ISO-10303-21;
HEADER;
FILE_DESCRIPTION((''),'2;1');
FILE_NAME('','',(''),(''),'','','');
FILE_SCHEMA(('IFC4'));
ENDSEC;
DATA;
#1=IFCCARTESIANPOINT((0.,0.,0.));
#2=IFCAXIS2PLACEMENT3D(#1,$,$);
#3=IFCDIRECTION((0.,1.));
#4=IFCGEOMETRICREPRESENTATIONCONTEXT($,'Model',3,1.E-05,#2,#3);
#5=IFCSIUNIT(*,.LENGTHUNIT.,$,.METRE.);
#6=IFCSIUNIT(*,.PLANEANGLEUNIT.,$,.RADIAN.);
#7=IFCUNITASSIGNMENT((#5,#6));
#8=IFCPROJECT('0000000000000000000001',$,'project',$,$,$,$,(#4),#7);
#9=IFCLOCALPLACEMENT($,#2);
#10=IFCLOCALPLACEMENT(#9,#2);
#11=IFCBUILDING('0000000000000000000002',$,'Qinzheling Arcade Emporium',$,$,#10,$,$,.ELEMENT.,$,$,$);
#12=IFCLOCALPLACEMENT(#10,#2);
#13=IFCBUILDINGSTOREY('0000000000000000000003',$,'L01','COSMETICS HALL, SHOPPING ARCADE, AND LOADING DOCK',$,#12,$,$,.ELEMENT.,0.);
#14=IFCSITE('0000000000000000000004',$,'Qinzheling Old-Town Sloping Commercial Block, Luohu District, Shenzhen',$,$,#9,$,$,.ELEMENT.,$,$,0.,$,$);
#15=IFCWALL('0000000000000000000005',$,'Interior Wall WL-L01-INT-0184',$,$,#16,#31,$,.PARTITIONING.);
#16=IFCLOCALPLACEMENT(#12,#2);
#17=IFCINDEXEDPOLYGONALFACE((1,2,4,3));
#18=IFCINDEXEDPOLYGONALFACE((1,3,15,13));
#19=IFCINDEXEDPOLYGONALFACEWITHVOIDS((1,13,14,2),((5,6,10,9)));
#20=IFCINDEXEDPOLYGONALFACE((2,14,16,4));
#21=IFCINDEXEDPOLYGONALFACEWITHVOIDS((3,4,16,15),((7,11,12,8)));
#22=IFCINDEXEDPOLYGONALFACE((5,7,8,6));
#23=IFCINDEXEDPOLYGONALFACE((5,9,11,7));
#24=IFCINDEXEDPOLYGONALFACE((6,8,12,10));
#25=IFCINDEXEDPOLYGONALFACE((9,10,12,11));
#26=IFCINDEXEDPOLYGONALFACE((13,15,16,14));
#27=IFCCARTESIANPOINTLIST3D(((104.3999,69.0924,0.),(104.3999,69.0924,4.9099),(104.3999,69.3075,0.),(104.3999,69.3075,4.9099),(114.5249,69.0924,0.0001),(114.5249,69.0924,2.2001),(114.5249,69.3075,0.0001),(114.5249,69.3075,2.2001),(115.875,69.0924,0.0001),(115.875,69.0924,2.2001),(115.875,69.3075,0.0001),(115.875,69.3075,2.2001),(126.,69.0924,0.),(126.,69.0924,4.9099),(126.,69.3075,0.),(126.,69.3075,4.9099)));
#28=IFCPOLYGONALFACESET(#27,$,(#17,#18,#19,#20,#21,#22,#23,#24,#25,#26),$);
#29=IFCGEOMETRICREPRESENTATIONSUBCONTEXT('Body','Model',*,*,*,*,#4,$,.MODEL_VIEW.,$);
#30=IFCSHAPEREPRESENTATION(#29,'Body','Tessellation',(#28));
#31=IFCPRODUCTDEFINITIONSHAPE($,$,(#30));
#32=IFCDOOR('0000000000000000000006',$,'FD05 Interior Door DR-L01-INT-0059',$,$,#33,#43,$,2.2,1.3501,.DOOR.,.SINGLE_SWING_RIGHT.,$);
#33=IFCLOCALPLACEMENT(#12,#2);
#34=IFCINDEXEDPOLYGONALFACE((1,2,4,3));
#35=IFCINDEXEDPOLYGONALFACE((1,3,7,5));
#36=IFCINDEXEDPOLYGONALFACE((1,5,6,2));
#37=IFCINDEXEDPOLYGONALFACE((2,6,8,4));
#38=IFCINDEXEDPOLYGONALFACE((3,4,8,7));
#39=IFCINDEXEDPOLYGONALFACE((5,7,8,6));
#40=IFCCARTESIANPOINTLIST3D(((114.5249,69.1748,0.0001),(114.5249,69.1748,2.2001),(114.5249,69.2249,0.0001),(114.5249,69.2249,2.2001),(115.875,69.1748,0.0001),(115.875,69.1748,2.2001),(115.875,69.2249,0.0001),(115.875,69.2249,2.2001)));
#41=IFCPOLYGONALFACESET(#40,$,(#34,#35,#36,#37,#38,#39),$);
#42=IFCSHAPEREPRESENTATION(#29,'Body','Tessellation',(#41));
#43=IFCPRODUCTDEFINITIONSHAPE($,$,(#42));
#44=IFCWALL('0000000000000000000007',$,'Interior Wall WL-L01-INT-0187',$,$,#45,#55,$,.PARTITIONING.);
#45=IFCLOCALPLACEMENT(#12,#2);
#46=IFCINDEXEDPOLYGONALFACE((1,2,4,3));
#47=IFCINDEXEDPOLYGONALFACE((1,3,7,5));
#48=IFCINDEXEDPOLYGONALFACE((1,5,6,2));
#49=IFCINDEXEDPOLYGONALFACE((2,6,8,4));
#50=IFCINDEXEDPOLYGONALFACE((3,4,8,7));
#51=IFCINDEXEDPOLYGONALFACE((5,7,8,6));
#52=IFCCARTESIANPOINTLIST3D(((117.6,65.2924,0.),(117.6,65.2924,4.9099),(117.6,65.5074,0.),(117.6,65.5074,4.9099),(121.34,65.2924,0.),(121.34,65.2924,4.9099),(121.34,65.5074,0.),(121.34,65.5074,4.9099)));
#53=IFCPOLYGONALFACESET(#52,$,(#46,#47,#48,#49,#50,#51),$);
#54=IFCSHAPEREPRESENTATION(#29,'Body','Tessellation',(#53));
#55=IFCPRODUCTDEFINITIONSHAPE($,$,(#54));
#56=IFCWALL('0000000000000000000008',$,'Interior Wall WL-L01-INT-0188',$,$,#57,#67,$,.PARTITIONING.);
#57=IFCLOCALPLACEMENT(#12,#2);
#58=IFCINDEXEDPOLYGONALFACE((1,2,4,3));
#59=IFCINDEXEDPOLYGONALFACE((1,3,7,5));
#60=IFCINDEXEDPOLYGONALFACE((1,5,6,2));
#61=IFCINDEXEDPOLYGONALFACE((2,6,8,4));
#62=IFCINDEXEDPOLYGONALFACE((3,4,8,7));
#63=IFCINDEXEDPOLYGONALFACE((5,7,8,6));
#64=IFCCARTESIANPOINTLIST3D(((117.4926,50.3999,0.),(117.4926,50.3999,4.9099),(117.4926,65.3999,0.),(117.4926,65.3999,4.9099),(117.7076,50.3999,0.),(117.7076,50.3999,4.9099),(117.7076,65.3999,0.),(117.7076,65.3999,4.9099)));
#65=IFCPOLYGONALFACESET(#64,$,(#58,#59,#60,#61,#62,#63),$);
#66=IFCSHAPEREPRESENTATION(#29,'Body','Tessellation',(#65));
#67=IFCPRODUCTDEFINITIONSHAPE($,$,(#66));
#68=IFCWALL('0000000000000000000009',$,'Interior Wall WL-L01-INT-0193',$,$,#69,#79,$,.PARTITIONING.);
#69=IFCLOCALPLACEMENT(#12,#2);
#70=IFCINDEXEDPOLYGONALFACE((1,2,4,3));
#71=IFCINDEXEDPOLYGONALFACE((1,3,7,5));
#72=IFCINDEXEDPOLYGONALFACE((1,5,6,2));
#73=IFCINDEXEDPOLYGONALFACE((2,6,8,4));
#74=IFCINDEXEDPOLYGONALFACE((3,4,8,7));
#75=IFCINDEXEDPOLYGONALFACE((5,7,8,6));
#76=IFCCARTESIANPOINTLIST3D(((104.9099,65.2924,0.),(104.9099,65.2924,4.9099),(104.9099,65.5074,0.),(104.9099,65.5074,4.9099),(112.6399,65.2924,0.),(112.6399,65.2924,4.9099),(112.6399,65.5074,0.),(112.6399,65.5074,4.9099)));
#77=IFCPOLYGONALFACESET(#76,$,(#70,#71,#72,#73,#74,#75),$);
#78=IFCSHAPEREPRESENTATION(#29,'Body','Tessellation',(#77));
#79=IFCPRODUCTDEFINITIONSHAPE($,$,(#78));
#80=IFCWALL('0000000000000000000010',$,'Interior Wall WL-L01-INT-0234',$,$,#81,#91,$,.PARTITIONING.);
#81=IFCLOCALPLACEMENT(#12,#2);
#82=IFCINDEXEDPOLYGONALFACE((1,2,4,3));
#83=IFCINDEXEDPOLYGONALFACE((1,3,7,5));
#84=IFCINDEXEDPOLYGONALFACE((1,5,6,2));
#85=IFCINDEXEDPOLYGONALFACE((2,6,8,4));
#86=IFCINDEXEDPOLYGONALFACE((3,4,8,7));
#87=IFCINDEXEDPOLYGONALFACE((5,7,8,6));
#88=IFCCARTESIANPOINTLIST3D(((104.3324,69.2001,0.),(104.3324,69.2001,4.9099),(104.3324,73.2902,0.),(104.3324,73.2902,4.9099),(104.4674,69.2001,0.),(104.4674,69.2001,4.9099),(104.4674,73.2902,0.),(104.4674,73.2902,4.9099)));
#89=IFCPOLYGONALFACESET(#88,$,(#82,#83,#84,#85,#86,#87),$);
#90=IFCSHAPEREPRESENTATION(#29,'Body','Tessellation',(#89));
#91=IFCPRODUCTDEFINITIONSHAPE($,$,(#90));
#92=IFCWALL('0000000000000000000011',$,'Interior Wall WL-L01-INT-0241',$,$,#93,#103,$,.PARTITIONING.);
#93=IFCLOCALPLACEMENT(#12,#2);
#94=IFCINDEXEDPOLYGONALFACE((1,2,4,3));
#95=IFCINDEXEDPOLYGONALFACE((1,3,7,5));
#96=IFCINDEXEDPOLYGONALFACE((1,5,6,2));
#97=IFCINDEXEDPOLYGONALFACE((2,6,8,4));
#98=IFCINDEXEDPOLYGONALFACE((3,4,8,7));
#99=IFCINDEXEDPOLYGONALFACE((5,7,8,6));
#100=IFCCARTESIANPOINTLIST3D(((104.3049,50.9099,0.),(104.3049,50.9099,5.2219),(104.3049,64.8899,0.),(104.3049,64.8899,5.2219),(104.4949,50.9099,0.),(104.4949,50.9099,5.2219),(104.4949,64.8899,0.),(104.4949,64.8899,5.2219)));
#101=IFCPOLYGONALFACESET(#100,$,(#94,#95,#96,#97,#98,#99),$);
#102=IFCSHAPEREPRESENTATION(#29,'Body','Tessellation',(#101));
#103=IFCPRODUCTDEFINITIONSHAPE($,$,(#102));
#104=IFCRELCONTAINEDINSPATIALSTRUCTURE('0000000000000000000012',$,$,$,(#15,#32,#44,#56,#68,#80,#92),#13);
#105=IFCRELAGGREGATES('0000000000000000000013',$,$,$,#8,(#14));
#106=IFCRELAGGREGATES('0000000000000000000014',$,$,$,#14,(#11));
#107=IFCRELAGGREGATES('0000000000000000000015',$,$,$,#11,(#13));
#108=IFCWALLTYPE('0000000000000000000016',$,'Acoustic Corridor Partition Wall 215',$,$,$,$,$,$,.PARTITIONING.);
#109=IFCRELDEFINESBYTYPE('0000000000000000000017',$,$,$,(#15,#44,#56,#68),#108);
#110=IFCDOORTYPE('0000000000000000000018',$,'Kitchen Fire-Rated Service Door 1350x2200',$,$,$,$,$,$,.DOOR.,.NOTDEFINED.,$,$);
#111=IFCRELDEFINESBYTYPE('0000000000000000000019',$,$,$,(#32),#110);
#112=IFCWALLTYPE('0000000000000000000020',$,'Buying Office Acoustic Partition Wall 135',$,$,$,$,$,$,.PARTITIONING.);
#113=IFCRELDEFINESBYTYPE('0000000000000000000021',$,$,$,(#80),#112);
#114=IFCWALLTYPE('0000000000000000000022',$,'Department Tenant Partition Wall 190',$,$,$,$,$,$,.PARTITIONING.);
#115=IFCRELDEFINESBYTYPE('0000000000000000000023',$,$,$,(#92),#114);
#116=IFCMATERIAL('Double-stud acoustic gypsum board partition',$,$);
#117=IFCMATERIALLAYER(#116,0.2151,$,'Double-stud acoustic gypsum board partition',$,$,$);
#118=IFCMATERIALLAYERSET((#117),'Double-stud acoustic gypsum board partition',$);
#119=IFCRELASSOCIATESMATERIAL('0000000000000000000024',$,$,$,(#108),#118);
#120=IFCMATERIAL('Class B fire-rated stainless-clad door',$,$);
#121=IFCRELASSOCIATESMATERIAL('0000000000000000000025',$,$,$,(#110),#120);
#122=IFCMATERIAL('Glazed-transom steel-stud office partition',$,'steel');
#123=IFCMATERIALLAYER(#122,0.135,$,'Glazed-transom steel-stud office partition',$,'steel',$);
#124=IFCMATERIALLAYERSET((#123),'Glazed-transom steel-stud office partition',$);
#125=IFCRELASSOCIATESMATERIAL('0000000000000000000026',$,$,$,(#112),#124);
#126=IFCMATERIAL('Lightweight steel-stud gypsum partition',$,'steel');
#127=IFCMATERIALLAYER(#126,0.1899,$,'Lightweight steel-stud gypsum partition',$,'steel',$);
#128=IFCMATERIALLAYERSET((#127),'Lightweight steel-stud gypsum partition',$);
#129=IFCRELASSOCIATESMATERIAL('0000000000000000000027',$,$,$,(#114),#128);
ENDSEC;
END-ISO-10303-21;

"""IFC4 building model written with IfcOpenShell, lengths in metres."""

from ifc_helpers import new_model, si_unit, direction, frame, frame_2d, origin, place, context, subcontext, project, spatial, rectangle, extrude, material, layer, layer_set, type_object, element, fill, save


model = new_model("IFC4")

# Units and contexts
model_context = context("Model", 3, precision=1e-05, world=origin(), true_north=direction((0.0, 1.0)))
body_context = subcontext(model_context, "Body", "Model", "MODEL_VIEW")
ifc_project = project(units=[si_unit("LENGTHUNIT", "METRE"), si_unit("PLANEANGLEUNIT", "RADIAN")], contexts=[model_context])

# Site, building, storey
site_placement = place(None, origin())
site = spatial("IfcSite", under=ifc_project, at=site_placement, Name="Qinzheling Old-Town Sloping Commercial Block, Luohu District, Shenzhen", CompositionType="ELEMENT", RefElevation=0.0)
building_placement = place(site_placement, origin())
building = spatial("IfcBuilding", under=site, at=building_placement, Name="Qinzheling Arcade Emporium", CompositionType="ELEMENT")
storey_placement = place(building_placement, origin())
storey = spatial("IfcBuildingStorey", under=building, at=storey_placement, Name="L01", Description="COSMETICS HALL, SHOPPING ARCADE, AND LOADING DOCK", CompositionType="ELEMENT", Elevation=0.0)

# Shared definitions
ifc_material_1 = material(Name="Double-stud acoustic gypsum board partition")
ifc_layer_1 = layer(ifc_material_1, 0.2151, Name="Double-stud acoustic gypsum board partition")
ifc_layer_set_1 = layer_set([ifc_layer_1], Name="Double-stud acoustic gypsum board partition")
wall_type_1 = type_object("IfcWallType", Name="Acoustic Corridor Partition Wall 215", PredefinedType="PARTITIONING", material=ifc_layer_set_1)

# Wall, opening, door
ifc_material_2 = material(Name="Class B fire-rated stainless-clad door")
door_type = type_object("IfcDoorType", Name="Kitchen Fire-Rated Service Door 1350x2200", OperationType="NOTDEFINED", PredefinedType="DOOR", material=ifc_material_2)
wall_1_placement = place(storey_placement, frame((104.3999, 69.2, 0.0), z_axis=(0.0, 0.0, 1.0), x_axis=(1.0, 0.0, 0.0)))
wall_1 = element("IfcWall", 1, at=wall_1_placement, inside=storey, type_object=wall_type_1, Name="Interior Wall WL-L01-INT-0184", PredefinedType="PARTITIONING", context=body_context, shape_type="SweptSolid", body=[
    extrude(rectangle(XDim=21.6001, YDim=0.2151, at=frame_2d((10.8, 0.0))), origin(), (0.0, 0.0, 1.0), 4.9099),
])
opening_1_placement = place(wall_1_placement, frame((10.125, 0.0, 0.0)))
opening_1 = element("IfcOpeningElement", 2, at=opening_1_placement, cuts=wall_1, PredefinedType="OPENING", context=body_context, shape_type="SweptSolid", body=[
    extrude(rectangle(XDim=1.3501, YDim=2.2, at=frame_2d((0.675, 1.1001))), frame((0.0, 0.1177, 0.0), z_axis=(0.0, -1.0, 0.0), x_axis=(1.0, 0.0, 0.0)), (0.0, 0.0, 1.0), 0.2351),
])
door_1_placement = place(opening_1_placement, origin())
door_1 = element("IfcDoor", 3, at=door_1_placement, inside=storey, type_object=door_type, Name="FD05 Interior Door DR-L01-INT-0059", OperationType="SINGLE_SWING_RIGHT", OverallHeight=2.2, OverallWidth=1.3501, PredefinedType="DOOR", context=body_context, shape_type="SweptSolid", body=[
    extrude(rectangle(XDim=1.3501, YDim=2.2, at=frame_2d((0.675, 1.1001))), frame((0.0, 0.0249, 0.0), z_axis=(0.0, -1.0, 0.0), x_axis=(1.0, 0.0, 0.0)), (0.0, 0.0, 1.0), 0.05),
])
fill(opening_1, door_1)

# Walls
wall_2_placement = place(storey_placement, frame((121.3401, 65.3999, 0.0), z_axis=(0.0, 0.0, 1.0), x_axis=(-1.0, 0.0, 0.0)))
element("IfcWall", 4, at=wall_2_placement, inside=storey, type_object=wall_type_1, Name="Interior Wall WL-L01-INT-0187", PredefinedType="PARTITIONING", context=body_context, shape_type="SweptSolid", body=[
    extrude(rectangle(XDim=3.74, YDim=0.2151, at=frame_2d((1.8701, 0.0))), origin(), (0.0, 0.0, 1.0), 4.9099),
])
wall_3_placement = place(storey_placement, frame((117.6001, 65.3999, 0.0), z_axis=(0.0, 0.0, 1.0), x_axis=(0.0, -1.0, 0.0)))
element("IfcWall", 5, at=wall_3_placement, inside=storey, type_object=wall_type_1, Name="Interior Wall WL-L01-INT-0188", PredefinedType="PARTITIONING", context=body_context, shape_type="SweptSolid", body=[
    extrude(rectangle(XDim=15.0, YDim=0.2151, at=frame_2d((7.5, 0.0))), origin(), (0.0, 0.0, 1.0), 4.9099),
])
wall_4_placement = place(storey_placement, frame((112.6399, 65.3999, 0.0), z_axis=(0.0, 0.0, 1.0), x_axis=(-1.0, 0.0, 0.0)))
element("IfcWall", 6, at=wall_4_placement, inside=storey, type_object=wall_type_1, Name="Interior Wall WL-L01-INT-0193", PredefinedType="PARTITIONING", context=body_context, shape_type="SweptSolid", body=[
    extrude(rectangle(XDim=7.73, YDim=0.2151, at=frame_2d((3.865, 0.0))), origin(), (0.0, 0.0, 1.0), 4.9099),
])
ifc_material_3 = material(Name="Glazed-transom steel-stud office partition", Category="steel")
ifc_layer_2 = layer(ifc_material_3, 0.135, Name="Glazed-transom steel-stud office partition", Category="steel")
ifc_layer_set_2 = layer_set([ifc_layer_2], Name="Glazed-transom steel-stud office partition")
wall_type_2 = type_object("IfcWallType", Name="Buying Office Acoustic Partition Wall 135", PredefinedType="PARTITIONING", material=ifc_layer_set_2)
wall_5_placement = place(storey_placement, frame((104.3999, 73.29, 0.0), z_axis=(0.0, 0.0, 1.0), x_axis=(0.0, -1.0, 0.0)))
element("IfcWall", 7, at=wall_5_placement, inside=storey, type_object=wall_type_2, Name="Interior Wall WL-L01-INT-0234", PredefinedType="PARTITIONING", context=body_context, shape_type="SweptSolid", body=[
    extrude(rectangle(XDim=4.0901, YDim=0.135, at=frame_2d((2.0449, 0.0))), origin(), (0.0, 0.0, 1.0), 4.9099),
])
ifc_material_4 = material(Name="Lightweight steel-stud gypsum partition", Category="steel")
ifc_layer_3 = layer(ifc_material_4, 0.1899, Name="Lightweight steel-stud gypsum partition", Category="steel")
ifc_layer_set_3 = layer_set([ifc_layer_3], Name="Lightweight steel-stud gypsum partition")
wall_type_3 = type_object("IfcWallType", Name="Department Tenant Partition Wall 190", PredefinedType="PARTITIONING", material=ifc_layer_set_3)
wall_6_placement = place(storey_placement, frame((104.3999, 64.8899, 0.0), z_axis=(0.0, 0.0, 1.0), x_axis=(0.0, -1.0, 0.0)))
element("IfcWall", 8, at=wall_6_placement, inside=storey, type_object=wall_type_3, Name="Interior Wall WL-L01-INT-0241", PredefinedType="PARTITIONING", context=body_context, shape_type="SweptSolid", body=[
    extrude(rectangle(XDim=13.98, YDim=0.1899, at=frame_2d((6.99, 0.0))), origin(), (0.0, 0.0, 1.0), 5.2219),
])

save(model, "model.ifc")
